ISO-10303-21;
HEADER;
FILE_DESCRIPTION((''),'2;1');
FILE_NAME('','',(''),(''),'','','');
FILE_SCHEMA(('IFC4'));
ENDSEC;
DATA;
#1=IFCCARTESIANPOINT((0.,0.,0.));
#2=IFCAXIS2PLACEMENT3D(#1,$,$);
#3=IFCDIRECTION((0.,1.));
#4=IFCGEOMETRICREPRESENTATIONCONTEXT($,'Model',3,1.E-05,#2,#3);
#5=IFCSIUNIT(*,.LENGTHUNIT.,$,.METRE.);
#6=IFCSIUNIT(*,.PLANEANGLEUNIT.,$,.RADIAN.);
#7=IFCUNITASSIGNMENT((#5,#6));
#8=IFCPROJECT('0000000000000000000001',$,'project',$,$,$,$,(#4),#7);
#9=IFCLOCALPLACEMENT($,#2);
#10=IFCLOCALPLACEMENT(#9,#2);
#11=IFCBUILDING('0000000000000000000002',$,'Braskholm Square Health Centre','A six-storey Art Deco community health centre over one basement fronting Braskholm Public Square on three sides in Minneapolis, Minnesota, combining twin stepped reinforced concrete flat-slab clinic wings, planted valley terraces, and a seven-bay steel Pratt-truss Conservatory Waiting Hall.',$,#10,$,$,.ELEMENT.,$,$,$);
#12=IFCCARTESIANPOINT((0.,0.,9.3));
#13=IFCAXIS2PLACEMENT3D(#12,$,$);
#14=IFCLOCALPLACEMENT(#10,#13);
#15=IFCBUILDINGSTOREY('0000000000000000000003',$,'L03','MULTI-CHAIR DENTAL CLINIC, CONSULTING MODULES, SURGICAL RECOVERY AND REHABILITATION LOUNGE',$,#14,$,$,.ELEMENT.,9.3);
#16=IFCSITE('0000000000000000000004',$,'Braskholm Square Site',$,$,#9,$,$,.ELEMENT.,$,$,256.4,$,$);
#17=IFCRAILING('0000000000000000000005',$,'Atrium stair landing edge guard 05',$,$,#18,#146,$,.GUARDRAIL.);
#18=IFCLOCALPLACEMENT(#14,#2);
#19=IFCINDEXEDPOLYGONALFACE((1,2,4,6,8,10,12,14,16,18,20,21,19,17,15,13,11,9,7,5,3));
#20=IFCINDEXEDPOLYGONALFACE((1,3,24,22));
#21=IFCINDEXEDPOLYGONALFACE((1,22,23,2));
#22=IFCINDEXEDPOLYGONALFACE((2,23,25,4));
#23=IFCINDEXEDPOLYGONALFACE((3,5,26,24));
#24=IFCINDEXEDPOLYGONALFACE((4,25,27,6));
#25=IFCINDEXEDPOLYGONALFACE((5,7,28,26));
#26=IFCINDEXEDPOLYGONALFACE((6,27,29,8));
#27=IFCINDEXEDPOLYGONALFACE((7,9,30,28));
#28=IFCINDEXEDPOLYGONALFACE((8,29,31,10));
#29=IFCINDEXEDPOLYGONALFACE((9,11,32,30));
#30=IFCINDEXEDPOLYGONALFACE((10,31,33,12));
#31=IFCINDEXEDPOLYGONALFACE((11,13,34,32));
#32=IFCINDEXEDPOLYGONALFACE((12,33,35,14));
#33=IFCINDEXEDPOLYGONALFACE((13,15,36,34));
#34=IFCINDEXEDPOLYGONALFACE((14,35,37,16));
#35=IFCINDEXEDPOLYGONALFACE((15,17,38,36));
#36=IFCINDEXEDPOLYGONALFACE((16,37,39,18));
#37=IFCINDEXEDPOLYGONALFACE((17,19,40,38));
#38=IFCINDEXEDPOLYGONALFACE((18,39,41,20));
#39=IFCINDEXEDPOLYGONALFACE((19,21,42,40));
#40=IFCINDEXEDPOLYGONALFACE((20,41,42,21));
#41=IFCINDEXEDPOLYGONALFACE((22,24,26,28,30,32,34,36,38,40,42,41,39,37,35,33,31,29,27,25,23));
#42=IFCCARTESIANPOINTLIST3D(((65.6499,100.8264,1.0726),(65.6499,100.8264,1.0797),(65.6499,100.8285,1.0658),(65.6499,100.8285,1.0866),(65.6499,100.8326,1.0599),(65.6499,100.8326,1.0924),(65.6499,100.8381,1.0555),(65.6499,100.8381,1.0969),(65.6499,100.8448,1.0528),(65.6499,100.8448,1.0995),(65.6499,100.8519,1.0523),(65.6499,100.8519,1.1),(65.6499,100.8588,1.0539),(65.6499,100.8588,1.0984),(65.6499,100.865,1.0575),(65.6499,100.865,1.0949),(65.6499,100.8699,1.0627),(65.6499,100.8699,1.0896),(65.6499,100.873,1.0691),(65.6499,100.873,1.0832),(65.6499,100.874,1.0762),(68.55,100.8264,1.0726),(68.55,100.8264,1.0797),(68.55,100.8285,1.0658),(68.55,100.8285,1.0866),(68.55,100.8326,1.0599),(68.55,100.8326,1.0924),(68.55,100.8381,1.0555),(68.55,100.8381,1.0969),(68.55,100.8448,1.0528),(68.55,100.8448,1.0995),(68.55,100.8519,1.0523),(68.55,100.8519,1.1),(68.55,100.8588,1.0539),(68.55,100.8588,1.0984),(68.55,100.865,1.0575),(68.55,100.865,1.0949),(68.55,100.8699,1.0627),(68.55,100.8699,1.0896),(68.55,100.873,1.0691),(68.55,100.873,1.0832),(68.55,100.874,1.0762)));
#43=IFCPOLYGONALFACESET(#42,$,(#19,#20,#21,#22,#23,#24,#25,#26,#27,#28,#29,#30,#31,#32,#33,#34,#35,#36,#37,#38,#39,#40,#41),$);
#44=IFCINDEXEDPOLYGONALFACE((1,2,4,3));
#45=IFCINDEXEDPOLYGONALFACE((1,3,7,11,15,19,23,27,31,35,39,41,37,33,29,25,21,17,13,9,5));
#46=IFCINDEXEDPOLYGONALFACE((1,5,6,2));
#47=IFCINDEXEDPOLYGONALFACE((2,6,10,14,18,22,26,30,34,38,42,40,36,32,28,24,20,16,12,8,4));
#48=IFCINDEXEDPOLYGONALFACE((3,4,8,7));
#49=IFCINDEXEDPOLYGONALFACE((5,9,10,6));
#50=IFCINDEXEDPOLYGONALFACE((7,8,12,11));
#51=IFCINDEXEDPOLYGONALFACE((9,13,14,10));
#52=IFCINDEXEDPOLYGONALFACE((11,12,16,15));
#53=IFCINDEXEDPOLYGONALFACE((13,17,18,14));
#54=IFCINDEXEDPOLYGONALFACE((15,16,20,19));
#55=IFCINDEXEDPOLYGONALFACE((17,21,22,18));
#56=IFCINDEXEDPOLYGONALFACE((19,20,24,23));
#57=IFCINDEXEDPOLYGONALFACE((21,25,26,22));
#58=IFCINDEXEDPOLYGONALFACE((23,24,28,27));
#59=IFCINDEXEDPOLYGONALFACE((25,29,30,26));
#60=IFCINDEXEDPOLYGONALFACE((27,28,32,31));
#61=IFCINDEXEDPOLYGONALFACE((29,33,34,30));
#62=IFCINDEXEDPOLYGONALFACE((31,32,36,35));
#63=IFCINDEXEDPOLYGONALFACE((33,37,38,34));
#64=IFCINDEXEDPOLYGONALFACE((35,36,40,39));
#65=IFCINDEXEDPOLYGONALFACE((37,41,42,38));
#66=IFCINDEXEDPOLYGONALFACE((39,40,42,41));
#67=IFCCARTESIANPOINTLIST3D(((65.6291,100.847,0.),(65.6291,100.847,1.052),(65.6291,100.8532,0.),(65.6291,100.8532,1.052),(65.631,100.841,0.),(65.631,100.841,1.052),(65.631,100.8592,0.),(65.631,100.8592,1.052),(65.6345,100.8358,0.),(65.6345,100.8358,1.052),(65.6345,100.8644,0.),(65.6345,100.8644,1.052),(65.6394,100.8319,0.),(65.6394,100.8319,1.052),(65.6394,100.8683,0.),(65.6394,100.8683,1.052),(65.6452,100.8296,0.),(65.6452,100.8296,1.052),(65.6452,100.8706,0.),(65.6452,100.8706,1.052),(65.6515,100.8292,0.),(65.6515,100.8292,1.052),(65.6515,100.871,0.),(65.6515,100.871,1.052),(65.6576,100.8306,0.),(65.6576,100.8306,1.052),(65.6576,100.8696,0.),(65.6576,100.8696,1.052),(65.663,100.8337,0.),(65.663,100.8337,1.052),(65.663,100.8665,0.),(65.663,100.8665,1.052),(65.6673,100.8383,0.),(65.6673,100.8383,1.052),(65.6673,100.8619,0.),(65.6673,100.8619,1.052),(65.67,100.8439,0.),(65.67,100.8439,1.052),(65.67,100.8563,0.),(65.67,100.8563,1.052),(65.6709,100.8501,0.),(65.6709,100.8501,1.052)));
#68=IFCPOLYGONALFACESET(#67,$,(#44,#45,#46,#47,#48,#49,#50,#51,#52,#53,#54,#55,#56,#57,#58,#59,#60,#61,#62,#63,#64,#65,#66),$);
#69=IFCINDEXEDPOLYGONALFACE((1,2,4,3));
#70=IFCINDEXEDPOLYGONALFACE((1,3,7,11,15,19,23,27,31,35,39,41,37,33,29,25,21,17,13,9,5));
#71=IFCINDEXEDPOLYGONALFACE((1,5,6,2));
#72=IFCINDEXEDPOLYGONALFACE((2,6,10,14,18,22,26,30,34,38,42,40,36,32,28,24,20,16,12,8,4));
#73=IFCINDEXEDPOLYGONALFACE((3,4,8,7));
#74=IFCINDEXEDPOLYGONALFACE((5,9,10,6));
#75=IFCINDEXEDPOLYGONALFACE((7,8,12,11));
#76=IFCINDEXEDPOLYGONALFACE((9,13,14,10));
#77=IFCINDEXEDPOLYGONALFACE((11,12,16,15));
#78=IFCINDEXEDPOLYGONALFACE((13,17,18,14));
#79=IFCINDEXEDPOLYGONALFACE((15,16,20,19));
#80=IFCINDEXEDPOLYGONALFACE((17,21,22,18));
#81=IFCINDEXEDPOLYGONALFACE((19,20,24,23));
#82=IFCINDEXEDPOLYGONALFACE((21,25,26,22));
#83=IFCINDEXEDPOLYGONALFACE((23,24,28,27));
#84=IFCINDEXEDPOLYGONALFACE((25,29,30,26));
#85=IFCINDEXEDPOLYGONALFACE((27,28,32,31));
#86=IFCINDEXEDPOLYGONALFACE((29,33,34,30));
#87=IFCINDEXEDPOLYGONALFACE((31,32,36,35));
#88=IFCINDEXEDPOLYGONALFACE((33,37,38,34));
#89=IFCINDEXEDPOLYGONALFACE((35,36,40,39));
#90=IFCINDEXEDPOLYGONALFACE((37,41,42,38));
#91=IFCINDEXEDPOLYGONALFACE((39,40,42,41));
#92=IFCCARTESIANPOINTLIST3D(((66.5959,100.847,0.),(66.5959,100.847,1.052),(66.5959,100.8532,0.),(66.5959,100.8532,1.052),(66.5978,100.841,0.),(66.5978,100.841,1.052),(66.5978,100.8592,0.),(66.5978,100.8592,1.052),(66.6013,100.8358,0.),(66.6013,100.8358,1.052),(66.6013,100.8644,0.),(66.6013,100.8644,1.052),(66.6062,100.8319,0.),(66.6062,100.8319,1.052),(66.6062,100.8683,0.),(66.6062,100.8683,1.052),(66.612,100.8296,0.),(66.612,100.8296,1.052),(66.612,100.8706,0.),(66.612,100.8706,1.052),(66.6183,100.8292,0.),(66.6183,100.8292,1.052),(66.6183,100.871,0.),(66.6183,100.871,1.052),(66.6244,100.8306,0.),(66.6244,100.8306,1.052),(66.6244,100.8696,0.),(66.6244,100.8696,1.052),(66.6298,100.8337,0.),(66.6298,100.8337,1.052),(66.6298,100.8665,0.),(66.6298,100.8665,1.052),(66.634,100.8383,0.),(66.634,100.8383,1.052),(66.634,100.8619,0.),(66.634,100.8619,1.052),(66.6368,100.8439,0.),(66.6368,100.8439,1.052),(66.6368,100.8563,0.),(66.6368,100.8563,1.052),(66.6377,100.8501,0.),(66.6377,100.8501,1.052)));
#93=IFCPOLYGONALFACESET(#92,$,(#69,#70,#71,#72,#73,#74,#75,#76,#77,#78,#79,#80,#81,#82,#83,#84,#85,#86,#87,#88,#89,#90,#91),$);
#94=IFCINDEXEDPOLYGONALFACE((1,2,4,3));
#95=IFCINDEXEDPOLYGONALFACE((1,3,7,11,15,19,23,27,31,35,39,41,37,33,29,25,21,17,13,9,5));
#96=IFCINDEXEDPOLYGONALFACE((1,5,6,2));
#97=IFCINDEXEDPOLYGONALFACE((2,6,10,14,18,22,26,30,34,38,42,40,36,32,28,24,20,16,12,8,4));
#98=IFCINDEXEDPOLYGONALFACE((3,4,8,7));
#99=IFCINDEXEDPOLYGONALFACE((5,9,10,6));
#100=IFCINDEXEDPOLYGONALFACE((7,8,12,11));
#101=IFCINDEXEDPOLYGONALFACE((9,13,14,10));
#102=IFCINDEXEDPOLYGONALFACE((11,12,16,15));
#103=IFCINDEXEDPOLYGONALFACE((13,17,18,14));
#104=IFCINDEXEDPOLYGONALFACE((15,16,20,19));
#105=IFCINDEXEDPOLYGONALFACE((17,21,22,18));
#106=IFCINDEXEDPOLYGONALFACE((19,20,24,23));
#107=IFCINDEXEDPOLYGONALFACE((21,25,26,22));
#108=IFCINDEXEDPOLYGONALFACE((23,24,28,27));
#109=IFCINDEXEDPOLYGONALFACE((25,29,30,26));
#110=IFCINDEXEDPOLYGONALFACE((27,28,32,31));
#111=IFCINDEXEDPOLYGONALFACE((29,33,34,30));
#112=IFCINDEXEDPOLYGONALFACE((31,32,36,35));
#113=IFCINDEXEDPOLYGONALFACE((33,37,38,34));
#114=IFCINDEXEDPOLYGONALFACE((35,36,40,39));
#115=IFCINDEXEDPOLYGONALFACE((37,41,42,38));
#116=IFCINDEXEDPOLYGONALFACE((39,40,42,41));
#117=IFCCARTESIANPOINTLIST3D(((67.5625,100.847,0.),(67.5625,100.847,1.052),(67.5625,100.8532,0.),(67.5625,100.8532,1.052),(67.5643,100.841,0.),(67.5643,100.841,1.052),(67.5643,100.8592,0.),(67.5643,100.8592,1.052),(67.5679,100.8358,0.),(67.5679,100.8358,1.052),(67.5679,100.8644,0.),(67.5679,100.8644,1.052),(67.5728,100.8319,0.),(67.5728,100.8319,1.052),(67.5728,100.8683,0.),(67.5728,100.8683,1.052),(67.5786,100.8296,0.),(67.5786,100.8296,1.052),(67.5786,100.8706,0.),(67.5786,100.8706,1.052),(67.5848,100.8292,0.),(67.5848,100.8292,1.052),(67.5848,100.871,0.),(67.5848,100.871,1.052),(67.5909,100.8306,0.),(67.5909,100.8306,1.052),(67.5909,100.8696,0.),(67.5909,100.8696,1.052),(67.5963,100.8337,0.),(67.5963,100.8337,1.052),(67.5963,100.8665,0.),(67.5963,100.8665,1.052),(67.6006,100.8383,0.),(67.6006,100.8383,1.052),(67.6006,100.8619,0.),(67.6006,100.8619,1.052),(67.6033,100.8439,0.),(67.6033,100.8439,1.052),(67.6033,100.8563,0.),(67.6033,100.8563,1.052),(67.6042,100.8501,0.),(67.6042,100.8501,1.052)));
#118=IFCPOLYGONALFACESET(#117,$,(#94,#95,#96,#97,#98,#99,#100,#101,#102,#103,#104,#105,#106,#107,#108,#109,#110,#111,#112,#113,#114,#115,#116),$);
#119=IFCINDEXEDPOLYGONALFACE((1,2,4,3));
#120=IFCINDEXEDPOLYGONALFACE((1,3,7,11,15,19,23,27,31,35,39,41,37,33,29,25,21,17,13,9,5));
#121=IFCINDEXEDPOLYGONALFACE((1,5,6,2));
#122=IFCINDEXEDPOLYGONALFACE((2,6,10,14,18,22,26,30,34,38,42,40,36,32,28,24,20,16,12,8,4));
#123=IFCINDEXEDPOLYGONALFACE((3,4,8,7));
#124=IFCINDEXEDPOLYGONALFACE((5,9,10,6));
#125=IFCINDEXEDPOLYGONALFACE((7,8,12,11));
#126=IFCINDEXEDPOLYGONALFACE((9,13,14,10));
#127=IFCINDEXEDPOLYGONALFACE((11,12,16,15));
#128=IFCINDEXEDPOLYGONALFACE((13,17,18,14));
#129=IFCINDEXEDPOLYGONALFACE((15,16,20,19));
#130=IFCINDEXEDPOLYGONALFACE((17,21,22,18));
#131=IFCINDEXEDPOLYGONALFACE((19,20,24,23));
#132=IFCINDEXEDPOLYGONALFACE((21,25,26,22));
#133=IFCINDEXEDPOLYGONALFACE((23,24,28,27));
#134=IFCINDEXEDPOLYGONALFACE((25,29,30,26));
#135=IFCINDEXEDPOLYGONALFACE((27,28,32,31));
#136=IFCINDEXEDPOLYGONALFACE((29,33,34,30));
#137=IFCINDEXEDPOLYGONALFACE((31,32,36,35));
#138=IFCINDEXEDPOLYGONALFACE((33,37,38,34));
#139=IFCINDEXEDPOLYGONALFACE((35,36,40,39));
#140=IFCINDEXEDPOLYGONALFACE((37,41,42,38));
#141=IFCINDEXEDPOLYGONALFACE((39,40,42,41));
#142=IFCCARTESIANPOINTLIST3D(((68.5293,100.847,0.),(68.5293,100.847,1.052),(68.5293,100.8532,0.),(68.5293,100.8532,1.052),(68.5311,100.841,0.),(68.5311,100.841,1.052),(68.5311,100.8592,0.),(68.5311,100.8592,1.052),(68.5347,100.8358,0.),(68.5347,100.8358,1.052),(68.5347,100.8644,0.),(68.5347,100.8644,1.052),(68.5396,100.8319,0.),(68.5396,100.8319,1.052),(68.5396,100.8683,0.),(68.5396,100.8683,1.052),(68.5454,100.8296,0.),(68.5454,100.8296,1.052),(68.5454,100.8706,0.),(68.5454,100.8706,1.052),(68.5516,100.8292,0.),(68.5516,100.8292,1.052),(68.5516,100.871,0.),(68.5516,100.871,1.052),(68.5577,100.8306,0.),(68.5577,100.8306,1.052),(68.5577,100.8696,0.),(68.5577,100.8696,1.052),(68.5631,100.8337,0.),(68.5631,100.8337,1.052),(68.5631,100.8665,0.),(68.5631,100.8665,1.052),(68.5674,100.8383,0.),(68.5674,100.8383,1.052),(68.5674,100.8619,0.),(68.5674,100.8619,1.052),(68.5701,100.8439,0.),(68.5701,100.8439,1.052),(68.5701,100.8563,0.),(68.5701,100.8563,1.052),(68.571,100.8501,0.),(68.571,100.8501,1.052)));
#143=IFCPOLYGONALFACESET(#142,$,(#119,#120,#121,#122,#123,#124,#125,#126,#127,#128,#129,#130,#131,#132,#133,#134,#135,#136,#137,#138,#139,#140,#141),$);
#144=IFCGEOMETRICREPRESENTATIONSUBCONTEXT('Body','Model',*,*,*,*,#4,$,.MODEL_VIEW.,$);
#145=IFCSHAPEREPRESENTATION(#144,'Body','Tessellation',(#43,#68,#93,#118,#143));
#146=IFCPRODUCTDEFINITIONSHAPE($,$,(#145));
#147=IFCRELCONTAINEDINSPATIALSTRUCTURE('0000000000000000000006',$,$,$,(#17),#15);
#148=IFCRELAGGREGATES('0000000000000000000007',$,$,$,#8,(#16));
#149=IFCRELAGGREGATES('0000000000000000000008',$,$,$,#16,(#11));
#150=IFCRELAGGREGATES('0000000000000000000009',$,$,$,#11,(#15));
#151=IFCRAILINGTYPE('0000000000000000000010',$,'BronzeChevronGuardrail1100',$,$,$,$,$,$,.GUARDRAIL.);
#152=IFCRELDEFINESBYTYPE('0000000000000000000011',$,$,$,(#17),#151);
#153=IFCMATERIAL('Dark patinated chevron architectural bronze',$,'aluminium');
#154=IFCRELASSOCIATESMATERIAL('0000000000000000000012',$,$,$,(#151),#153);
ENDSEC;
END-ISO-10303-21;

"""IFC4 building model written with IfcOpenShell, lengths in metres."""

from ifc_helpers import new_model, si_unit, direction, frame, origin, origin_2d, place, context, subcontext, project, spatial, circle, extrude, material, type_object, element, save


model = new_model("IFC4")

# Units and contexts
model_context = context("Model", 3, precision=1e-05, world=origin(), true_north=direction((0.0, 1.0)))
body_context = subcontext(model_context, "Body", "Model", "MODEL_VIEW")
ifc_project = project(units=[si_unit("LENGTHUNIT", "METRE"), si_unit("PLANEANGLEUNIT", "RADIAN")], contexts=[model_context])

# Site, building, storey
site_placement = place(None, origin())
site = spatial("IfcSite", under=ifc_project, at=site_placement, Name="Braskholm Square Site", CompositionType="ELEMENT", RefElevation=256.4)
building_placement = place(site_placement, origin())
building = spatial("IfcBuilding", under=site, at=building_placement, Name="Braskholm Square Health Centre", Description="A six-storey Art Deco community health centre over one basement fronting Braskholm Public Square on three sides in Minneapolis, Minnesota, combining twin stepped reinforced concrete flat-slab clinic wings, planted valley terraces, and a seven-bay steel Pratt-truss Conservatory Waiting Hall.", CompositionType="ELEMENT")
storey_placement = place(building_placement, frame((0.0, 0.0, 9.3)))
storey = spatial("IfcBuildingStorey", under=building, at=storey_placement, Name="L03", Description="MULTI-CHAIR DENTAL CLINIC, CONSULTING MODULES, SURGICAL RECOVERY AND REHABILITATION LOUNGE", CompositionType="ELEMENT", Elevation=9.3)

# Railing
ifc_material_1 = material(Name="Dark patinated chevron architectural bronze", Category="aluminium")
railing_type = type_object("IfcRailingType", Name="BronzeChevronGuardrail1100", PredefinedType="GUARDRAIL", material=ifc_material_1)
railing_1_placement = place(storey_placement, frame((65.6499, 100.8501, 0.0)))
element("IfcRailing", 1, at=railing_1_placement, inside=storey, type_object=railing_type, Name="Atrium stair landing edge guard 05", PredefinedType="GUARDRAIL", context=body_context, shape_type="SweptSolid", body=[
    extrude(circle(Radius=0.0239, at=origin_2d()), frame((0.0, 0.0, 1.0762), z_axis=(1.0, 0.0, 0.0), x_axis=(0.0, 1.0, 0.0)), (0.0, 0.0, 1.0), 2.9001),
    extrude(circle(Radius=0.021, at=origin_2d()), origin(), (0.0, 0.0, 1.0), 1.052),
    extrude(circle(Radius=0.021, at=origin_2d()), frame((0.9668, 0.0, 0.0)), (0.0, 0.0, 1.0), 1.052),
    extrude(circle(Radius=0.021, at=origin_2d()), frame((1.9333, 0.0, 0.0)), (0.0, 0.0, 1.0), 1.052),
    extrude(circle(Radius=0.021, at=origin_2d()), frame((2.9001, 0.0, 0.0)), (0.0, 0.0, 1.0), 1.052),
])

save(model, "model.ifc")
